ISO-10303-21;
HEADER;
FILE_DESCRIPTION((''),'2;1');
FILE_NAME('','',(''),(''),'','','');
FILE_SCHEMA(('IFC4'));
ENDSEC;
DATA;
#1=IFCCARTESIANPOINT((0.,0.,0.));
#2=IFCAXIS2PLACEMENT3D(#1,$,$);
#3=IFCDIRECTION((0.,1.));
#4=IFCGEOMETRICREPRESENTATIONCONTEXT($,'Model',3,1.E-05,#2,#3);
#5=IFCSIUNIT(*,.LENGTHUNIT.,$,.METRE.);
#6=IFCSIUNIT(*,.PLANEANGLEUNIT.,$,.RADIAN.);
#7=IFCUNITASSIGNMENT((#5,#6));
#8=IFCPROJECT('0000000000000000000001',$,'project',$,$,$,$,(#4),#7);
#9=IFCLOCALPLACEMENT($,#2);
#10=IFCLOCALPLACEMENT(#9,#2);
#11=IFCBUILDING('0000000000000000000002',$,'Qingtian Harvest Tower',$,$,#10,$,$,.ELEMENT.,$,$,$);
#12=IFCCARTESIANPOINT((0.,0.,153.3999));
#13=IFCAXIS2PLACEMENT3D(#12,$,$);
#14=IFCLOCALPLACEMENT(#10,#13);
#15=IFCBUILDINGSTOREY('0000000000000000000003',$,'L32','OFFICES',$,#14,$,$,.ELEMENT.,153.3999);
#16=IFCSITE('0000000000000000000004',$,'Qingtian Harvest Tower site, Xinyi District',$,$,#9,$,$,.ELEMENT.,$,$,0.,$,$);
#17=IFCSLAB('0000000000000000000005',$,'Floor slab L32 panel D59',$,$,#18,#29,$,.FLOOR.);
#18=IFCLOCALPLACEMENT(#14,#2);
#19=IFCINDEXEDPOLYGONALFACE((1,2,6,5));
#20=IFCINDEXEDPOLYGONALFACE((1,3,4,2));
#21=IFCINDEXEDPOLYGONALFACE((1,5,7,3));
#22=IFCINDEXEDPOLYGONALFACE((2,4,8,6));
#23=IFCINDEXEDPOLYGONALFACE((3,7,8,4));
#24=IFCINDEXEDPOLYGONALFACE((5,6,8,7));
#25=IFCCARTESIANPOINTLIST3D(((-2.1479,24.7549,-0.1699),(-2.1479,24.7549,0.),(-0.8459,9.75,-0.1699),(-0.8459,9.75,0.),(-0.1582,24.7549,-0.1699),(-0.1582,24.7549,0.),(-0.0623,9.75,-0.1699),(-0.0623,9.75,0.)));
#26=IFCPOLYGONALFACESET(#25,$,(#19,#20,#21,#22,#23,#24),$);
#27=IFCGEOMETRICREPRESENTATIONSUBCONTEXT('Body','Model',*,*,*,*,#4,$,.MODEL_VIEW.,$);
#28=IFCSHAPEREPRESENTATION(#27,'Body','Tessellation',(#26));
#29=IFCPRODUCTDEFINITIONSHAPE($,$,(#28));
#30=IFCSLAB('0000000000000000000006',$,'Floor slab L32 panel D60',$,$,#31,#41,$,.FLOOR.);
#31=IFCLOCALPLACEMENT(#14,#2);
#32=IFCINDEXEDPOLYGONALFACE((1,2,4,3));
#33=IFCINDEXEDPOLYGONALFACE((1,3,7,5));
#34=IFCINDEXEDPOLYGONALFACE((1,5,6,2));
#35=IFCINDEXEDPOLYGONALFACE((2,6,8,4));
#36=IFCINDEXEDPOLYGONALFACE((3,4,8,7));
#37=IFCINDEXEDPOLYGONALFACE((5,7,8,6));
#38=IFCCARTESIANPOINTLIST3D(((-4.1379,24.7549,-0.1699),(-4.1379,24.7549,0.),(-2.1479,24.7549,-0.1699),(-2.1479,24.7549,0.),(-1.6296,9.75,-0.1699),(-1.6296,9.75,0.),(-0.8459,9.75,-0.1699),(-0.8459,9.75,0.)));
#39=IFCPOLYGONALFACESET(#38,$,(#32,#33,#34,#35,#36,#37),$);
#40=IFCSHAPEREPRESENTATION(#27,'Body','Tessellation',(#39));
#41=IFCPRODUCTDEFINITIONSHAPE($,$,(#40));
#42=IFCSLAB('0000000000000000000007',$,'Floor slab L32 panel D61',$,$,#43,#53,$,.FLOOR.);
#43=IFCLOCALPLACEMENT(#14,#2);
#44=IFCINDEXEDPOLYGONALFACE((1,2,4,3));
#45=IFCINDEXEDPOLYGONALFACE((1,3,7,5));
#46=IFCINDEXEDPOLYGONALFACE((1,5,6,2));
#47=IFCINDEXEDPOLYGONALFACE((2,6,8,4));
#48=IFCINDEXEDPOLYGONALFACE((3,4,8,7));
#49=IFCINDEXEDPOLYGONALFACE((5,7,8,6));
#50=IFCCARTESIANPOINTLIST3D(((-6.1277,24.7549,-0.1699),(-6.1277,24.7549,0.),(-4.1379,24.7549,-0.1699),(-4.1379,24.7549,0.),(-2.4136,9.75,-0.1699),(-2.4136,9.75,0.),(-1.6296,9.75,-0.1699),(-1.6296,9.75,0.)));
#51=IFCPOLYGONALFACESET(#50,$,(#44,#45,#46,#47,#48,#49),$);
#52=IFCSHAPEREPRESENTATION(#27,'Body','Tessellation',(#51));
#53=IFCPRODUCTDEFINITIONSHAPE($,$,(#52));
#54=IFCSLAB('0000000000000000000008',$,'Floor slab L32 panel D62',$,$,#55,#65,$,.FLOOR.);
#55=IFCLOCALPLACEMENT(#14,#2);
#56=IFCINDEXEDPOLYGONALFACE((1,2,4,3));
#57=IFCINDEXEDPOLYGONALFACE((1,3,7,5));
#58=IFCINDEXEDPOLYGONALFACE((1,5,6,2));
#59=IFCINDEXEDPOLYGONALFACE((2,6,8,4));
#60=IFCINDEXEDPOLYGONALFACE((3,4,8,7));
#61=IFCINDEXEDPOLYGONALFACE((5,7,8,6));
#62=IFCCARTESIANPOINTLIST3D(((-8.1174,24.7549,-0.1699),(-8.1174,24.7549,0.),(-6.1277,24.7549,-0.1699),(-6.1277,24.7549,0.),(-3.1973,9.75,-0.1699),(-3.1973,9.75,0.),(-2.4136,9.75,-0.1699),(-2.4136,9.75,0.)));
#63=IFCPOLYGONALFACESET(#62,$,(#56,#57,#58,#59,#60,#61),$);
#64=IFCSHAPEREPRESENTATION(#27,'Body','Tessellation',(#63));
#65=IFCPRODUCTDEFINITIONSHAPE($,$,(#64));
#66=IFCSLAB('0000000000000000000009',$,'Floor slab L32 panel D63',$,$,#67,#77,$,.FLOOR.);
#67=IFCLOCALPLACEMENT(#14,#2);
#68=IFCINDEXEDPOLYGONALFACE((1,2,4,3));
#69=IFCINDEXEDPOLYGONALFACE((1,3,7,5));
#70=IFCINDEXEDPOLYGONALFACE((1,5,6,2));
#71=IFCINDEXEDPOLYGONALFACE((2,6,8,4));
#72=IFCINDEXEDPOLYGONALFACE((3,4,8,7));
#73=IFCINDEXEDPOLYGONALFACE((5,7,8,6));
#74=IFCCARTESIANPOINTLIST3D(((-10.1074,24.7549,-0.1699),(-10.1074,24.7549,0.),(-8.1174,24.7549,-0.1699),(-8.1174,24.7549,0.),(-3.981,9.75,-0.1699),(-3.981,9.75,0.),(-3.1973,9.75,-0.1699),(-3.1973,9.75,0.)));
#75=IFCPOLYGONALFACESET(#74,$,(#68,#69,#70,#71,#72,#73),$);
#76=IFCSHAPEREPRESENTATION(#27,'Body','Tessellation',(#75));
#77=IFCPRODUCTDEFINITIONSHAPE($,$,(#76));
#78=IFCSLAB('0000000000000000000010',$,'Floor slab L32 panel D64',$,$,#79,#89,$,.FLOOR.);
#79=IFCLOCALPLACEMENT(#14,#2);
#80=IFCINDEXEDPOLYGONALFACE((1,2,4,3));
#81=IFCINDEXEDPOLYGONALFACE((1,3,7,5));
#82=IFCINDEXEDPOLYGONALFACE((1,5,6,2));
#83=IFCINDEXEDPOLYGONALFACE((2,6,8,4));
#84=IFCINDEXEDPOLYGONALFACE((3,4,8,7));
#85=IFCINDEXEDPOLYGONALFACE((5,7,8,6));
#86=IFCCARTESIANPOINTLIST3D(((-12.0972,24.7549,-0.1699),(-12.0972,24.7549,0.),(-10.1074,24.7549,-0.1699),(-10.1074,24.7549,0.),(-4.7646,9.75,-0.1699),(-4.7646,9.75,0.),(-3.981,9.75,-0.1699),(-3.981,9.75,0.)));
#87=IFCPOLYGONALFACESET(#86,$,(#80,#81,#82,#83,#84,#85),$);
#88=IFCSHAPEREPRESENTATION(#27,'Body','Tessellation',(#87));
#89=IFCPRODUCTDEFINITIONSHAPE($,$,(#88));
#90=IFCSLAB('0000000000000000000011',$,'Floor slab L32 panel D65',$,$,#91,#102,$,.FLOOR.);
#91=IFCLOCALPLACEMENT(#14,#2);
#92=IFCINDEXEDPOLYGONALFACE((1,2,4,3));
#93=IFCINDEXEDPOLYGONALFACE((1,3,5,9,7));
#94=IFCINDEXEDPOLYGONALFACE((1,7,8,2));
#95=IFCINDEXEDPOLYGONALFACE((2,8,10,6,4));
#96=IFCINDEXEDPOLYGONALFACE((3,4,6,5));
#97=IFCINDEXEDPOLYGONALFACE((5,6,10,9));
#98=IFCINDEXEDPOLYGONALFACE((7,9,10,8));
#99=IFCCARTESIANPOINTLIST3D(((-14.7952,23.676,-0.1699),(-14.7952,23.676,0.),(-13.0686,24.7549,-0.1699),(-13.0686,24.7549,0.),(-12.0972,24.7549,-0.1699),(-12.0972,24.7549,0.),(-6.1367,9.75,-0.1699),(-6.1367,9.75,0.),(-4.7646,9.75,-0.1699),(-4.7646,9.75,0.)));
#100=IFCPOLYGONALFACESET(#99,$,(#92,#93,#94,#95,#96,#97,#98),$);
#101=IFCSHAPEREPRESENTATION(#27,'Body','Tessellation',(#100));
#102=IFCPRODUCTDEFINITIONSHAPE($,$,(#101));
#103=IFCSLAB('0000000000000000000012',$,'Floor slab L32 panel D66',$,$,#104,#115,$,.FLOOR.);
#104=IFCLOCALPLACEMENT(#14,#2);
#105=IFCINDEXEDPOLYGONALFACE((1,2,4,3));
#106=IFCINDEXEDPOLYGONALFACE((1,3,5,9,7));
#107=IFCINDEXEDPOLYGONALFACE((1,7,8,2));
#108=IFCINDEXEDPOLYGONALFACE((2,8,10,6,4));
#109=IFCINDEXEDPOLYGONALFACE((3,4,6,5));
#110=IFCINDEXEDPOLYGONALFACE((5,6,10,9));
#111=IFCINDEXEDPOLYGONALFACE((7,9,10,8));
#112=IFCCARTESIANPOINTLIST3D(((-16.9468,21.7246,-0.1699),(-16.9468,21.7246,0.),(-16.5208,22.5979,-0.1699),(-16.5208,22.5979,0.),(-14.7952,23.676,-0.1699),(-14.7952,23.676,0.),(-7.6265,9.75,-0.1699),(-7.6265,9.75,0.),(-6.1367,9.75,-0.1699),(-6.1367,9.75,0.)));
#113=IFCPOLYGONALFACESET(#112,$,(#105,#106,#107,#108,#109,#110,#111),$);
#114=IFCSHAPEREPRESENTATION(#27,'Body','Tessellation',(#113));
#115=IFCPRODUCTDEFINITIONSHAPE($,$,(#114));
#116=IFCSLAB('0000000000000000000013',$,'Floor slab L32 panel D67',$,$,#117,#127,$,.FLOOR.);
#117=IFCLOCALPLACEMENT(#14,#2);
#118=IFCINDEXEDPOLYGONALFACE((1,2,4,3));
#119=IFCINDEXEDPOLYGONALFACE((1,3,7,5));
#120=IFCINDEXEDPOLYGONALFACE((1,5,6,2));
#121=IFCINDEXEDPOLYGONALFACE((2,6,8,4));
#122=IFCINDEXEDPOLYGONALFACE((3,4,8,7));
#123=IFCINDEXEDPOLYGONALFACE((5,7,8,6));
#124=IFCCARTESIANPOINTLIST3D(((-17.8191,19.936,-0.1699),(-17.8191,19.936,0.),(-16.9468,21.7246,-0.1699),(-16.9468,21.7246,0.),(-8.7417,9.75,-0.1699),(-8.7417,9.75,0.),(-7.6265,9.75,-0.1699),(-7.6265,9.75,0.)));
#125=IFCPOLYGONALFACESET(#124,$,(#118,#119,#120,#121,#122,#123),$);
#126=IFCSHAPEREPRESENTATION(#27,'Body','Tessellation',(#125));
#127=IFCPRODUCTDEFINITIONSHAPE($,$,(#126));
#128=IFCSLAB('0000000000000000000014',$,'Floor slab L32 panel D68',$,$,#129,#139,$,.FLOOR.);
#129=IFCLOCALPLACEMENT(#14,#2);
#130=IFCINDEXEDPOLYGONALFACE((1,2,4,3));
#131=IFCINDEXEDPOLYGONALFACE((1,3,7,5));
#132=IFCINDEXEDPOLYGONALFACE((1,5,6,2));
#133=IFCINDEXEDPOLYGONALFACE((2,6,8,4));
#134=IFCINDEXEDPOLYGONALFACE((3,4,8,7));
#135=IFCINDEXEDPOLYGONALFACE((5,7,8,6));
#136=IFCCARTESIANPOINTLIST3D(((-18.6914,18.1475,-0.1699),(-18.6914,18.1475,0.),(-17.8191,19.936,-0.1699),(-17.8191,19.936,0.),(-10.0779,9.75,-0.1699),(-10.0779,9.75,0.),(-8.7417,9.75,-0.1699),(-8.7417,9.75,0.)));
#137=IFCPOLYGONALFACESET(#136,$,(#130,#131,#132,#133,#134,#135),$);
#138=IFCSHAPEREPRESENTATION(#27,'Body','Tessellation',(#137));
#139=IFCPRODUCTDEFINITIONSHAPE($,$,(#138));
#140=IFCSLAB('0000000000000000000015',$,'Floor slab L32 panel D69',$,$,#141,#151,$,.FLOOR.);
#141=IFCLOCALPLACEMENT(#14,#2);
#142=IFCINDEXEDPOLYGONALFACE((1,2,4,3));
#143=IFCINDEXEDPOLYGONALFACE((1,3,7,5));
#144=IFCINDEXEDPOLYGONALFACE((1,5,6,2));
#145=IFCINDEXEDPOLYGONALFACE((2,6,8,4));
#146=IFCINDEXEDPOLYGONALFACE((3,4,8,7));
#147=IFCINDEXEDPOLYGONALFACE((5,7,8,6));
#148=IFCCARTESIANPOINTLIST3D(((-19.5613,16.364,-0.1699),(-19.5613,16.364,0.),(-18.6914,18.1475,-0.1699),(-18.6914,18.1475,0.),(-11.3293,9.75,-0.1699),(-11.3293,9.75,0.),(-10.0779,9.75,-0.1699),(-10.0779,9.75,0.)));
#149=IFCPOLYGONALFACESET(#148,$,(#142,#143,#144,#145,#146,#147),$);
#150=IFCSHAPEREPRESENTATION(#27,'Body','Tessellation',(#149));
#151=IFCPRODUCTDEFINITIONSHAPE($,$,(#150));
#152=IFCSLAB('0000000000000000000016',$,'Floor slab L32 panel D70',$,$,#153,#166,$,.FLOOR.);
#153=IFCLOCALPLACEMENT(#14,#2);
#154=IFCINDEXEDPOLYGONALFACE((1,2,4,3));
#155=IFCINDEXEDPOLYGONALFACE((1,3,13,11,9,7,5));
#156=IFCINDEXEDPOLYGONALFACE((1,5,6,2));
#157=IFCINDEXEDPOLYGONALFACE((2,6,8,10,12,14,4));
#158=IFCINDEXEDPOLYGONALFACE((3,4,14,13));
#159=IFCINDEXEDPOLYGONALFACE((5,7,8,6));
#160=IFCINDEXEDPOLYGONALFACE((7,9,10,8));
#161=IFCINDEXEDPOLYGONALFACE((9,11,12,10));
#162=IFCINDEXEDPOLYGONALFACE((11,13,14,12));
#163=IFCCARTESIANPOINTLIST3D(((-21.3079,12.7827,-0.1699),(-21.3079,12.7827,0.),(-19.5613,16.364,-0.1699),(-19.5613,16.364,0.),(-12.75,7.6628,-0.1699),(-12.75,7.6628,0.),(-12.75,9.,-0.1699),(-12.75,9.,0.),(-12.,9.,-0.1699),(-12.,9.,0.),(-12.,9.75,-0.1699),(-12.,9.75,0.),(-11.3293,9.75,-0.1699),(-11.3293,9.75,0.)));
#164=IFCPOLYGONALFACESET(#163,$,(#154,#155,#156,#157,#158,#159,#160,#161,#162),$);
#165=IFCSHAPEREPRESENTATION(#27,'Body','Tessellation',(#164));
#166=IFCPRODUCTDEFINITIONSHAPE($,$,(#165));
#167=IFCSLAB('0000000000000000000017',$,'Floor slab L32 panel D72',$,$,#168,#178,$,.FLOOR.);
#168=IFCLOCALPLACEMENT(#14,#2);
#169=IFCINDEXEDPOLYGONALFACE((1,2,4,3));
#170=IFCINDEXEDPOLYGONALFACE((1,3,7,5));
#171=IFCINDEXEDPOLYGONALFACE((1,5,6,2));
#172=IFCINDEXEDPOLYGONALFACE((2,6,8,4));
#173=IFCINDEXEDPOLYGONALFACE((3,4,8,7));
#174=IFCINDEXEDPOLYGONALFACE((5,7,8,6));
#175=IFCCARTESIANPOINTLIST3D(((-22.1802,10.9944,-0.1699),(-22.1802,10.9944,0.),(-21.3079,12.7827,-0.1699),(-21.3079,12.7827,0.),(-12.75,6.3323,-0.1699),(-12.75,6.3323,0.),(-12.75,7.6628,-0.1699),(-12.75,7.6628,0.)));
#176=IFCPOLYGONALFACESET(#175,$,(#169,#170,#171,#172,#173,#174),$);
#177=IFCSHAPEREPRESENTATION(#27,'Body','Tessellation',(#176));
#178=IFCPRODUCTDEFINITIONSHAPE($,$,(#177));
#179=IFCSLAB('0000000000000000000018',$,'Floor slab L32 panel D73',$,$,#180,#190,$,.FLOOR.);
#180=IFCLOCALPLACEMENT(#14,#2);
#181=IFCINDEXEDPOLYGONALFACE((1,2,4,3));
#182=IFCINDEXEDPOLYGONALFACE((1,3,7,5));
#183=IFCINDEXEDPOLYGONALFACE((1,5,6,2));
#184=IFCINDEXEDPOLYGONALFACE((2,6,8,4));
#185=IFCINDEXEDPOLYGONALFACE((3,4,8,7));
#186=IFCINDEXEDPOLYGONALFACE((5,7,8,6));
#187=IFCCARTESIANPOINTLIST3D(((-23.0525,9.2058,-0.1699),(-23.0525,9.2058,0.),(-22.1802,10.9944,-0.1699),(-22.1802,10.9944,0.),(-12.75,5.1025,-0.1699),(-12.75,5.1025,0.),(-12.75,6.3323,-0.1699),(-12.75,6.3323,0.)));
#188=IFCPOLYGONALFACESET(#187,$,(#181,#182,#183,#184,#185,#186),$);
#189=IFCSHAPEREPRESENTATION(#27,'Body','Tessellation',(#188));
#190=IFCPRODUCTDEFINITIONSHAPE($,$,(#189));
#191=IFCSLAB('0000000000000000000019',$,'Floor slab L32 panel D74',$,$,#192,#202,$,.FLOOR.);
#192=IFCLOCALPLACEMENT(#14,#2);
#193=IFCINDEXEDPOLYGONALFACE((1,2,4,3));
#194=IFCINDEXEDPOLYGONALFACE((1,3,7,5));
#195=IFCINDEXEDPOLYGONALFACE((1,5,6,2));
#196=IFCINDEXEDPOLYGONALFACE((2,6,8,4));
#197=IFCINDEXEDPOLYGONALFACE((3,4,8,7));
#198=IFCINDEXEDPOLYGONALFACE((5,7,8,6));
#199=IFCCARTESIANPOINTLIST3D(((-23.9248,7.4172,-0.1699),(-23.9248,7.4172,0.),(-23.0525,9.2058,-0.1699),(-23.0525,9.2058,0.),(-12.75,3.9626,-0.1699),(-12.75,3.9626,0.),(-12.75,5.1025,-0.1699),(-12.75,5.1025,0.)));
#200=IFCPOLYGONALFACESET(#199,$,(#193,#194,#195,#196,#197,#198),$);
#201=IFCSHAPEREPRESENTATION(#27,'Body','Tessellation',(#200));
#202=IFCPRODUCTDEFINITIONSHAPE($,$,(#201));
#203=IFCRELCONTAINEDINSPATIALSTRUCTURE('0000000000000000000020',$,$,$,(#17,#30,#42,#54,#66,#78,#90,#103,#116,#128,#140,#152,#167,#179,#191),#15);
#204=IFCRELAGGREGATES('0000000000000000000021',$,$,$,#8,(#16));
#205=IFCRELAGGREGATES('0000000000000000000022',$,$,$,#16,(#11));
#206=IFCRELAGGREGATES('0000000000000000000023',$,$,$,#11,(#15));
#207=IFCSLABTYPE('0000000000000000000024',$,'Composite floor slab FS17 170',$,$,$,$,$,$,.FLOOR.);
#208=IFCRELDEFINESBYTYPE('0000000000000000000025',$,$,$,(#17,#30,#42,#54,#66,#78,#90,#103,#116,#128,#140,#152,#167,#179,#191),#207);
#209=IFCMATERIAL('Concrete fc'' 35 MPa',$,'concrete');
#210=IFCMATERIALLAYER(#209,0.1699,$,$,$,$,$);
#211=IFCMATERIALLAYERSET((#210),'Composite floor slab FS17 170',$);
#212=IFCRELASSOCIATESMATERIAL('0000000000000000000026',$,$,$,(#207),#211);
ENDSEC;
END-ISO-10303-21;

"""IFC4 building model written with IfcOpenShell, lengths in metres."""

from ifc_helpers import new_model, si_unit, direction, frame, origin, place, context, subcontext, project, spatial, polyline, outline, extrude, material, layer, layer_set, type_object, element, save


model = new_model("IFC4")

# Units and contexts
model_context = context("Model", 3, precision=1e-05, world=origin(), true_north=direction((0.0, 1.0)))
body_context = subcontext(model_context, "Body", "Model", "MODEL_VIEW")
ifc_project = project(units=[si_unit("LENGTHUNIT", "METRE"), si_unit("PLANEANGLEUNIT", "RADIAN")], contexts=[model_context])

# Site, building, storey
site_placement = place(None, origin())
site = spatial("IfcSite", under=ifc_project, at=site_placement, Name="Qingtian Harvest Tower site, Xinyi District", CompositionType="ELEMENT", RefElevation=0.0)
building_placement = place(site_placement, origin())
building = spatial("IfcBuilding", under=site, at=building_placement, Name="Qingtian Harvest Tower", CompositionType="ELEMENT")
storey_placement = place(building_placement, frame((0.0, 0.0, 153.3999)))
storey = spatial("IfcBuildingStorey", under=building, at=storey_placement, Name="L32", Description="OFFICES", CompositionType="ELEMENT", Elevation=153.3999)

# Slabs
ifc_material_1 = material(Name="Concrete fc' 35 MPa", Category="concrete")
ifc_layer_1 = layer(ifc_material_1, 0.1699)
ifc_layer_set_1 = layer_set([ifc_layer_1], Name="Composite floor slab FS17 170")
slab_type = type_object("IfcSlabType", Name="Composite floor slab FS17 170", PredefinedType="FLOOR", material=ifc_layer_set_1)
slab_1_placement = place(storey_placement, frame((0.0, 0.0, -0.1699)))
element("IfcSlab", 1, at=slab_1_placement, inside=storey, type_object=slab_type, Name="Floor slab L32 panel D59", PredefinedType="FLOOR", context=body_context, shape_type="SweptSolid", body=[
    extrude(outline(polyline([(-0.8459, 9.75), (-2.1479, 24.7549), (-0.1582, 24.7549), (-0.0623, 9.75), (-0.8459, 9.75)])), origin(), (0.0, 0.0, 1.0), 0.1699),
])
slab_2_placement = place(storey_placement, frame((0.0, 0.0, -0.1699)))
element("IfcSlab", 2, at=slab_2_placement, inside=storey, type_object=slab_type, Name="Floor slab L32 panel D60", PredefinedType="FLOOR", context=body_context, shape_type="SweptSolid", body=[
    extrude(outline(polyline([(-1.6296, 9.75), (-4.1379, 24.7549), (-2.1479, 24.7549), (-0.8459, 9.75), (-1.6296, 9.75)])), origin(), (0.0, 0.0, 1.0), 0.1699),
])
slab_3_placement = place(storey_placement, frame((0.0, 0.0, -0.1699)))
element("IfcSlab", 3, at=slab_3_placement, inside=storey, type_object=slab_type, Name="Floor slab L32 panel D61", PredefinedType="FLOOR", context=body_context, shape_type="SweptSolid", body=[
    extrude(outline(polyline([(-2.4136, 9.75), (-6.1277, 24.7549), (-4.1379, 24.7549), (-1.6296, 9.75), (-2.4136, 9.75)])), origin(), (0.0, 0.0, 1.0), 0.1699),
])
slab_4_placement = place(storey_placement, frame((0.0, 0.0, -0.1699)))
element("IfcSlab", 4, at=slab_4_placement, inside=storey, type_object=slab_type, Name="Floor slab L32 panel D62", PredefinedType="FLOOR", context=body_context, shape_type="SweptSolid", body=[
    extrude(outline(polyline([(-3.1973, 9.75), (-8.1174, 24.7549), (-6.1277, 24.7549), (-2.4136, 9.75), (-3.1973, 9.75)])), origin(), (0.0, 0.0, 1.0), 0.1699),
])
slab_5_placement = place(storey_placement, frame((0.0, 0.0, -0.1699)))
element("IfcSlab", 5, at=slab_5_placement, inside=storey, type_object=slab_type, Name="Floor slab L32 panel D63", PredefinedType="FLOOR", context=body_context, shape_type="SweptSolid", body=[
    extrude(outline(polyline([(-3.981, 9.75), (-10.1074, 24.7549), (-8.1174, 24.7549), (-3.1973, 9.75), (-3.981, 9.75)])), origin(), (0.0, 0.0, 1.0), 0.1699),
])
slab_6_placement = place(storey_placement, frame((0.0, 0.0, -0.1699)))
element("IfcSlab", 6, at=slab_6_placement, inside=storey, type_object=slab_type, Name="Floor slab L32 panel D64", PredefinedType="FLOOR", context=body_context, shape_type="SweptSolid", body=[
    extrude(outline(polyline([(-4.7646, 9.75), (-12.0972, 24.7549), (-10.1074, 24.7549), (-3.981, 9.75), (-4.7646, 9.75)])), origin(), (0.0, 0.0, 1.0), 0.1699),
])
slab_7_placement = place(storey_placement, frame((0.0, 0.0, -0.1699)))
element("IfcSlab", 7, at=slab_7_placement, inside=storey, type_object=slab_type, Name="Floor slab L32 panel D65", PredefinedType="FLOOR", context=body_context, shape_type="SweptSolid", body=[
    extrude(outline(polyline([(-4.7646, 9.75), (-6.1367, 9.75), (-14.7952, 23.676), (-13.0686, 24.7549), (-12.0972, 24.7549), (-4.7646, 9.75)])), origin(), (0.0, 0.0, 1.0), 0.1699),
])
slab_8_placement = place(storey_placement, frame((0.0, 0.0, -0.1699)))
element("IfcSlab", 8, at=slab_8_placement, inside=storey, type_object=slab_type, Name="Floor slab L32 panel D66", PredefinedType="FLOOR", context=body_context, shape_type="SweptSolid", body=[
    extrude(outline(polyline([(-6.1367, 9.75), (-7.6265, 9.75), (-16.9468, 21.7246), (-16.5208, 22.5979), (-14.7952, 23.676), (-6.1367, 9.75)])), origin(), (0.0, 0.0, 1.0), 0.1699),
])
slab_9_placement = place(storey_placement, frame((0.0, 0.0, -0.1699)))
element("IfcSlab", 9, at=slab_9_placement, inside=storey, type_object=slab_type, Name="Floor slab L32 panel D67", PredefinedType="FLOOR", context=body_context, shape_type="SweptSolid", body=[
    extrude(outline(polyline([(-8.7417, 9.75), (-17.8191, 19.936), (-16.9468, 21.7246), (-7.6265, 9.75), (-8.7417, 9.75)])), origin(), (0.0, 0.0, 1.0), 0.1699),
])
slab_10_placement = place(storey_placement, frame((0.0, 0.0, -0.1699)))
element("IfcSlab", 10, at=slab_10_placement, inside=storey, type_object=slab_type, Name="Floor slab L32 panel D68", PredefinedType="FLOOR", context=body_context, shape_type="SweptSolid", body=[
    extrude(outline(polyline([(-10.0779, 9.75), (-18.6914, 18.1475), (-17.8191, 19.936), (-8.7417, 9.75), (-10.0779, 9.75)])), origin(), (0.0, 0.0, 1.0), 0.1699),
])
slab_11_placement = place(storey_placement, frame((0.0, 0.0, -0.1699)))
element("IfcSlab", 11, at=slab_11_placement, inside=storey, type_object=slab_type, Name="Floor slab L32 panel D69", PredefinedType="FLOOR", context=body_context, shape_type="SweptSolid", body=[
    extrude(outline(polyline([(-11.3293, 9.75), (-19.5613, 16.364), (-18.6914, 18.1475), (-10.0779, 9.75), (-11.3293, 9.75)])), origin(), (0.0, 0.0, 1.0), 0.1699),
])
slab_12_placement = place(storey_placement, frame((0.0, 0.0, -0.1699)))
element("IfcSlab", 12, at=slab_12_placement, inside=storey, type_object=slab_type, Name="Floor slab L32 panel D70", PredefinedType="FLOOR", context=body_context, shape_type="SweptSolid", body=[
    extrude(outline(polyline([(-12.0, 9.0), (-12.75, 9.0), (-12.75, 7.6628), (-21.3079, 12.7827), (-19.5613, 16.364), (-11.3293, 9.75), (-12.0, 9.75), (-12.0, 9.0)])), origin(), (0.0, 0.0, 1.0), 0.1699),
])
slab_13_placement = place(storey_placement, frame((0.0, 0.0, -0.1699)))
element("IfcSlab", 13, at=slab_13_placement, inside=storey, type_object=slab_type, Name="Floor slab L32 panel D72", PredefinedType="FLOOR", context=body_context, shape_type="SweptSolid", body=[
    extrude(outline(polyline([(-12.75, 6.3323), (-22.1802, 10.9944), (-21.3079, 12.7827), (-12.75, 7.6628), (-12.75, 6.3323)])), origin(), (0.0, 0.0, 1.0), 0.1699),
])
slab_14_placement = place(storey_placement, frame((0.0, 0.0, -0.1699)))
element("IfcSlab", 14, at=slab_14_placement, inside=storey, type_object=slab_type, Name="Floor slab L32 panel D73", PredefinedType="FLOOR", context=body_context, shape_type="SweptSolid", body=[
    extrude(outline(polyline([(-12.75, 5.1025), (-23.0525, 9.2058), (-22.1802, 10.9944), (-12.75, 6.3323), (-12.75, 5.1025)])), origin(), (0.0, 0.0, 1.0), 0.1699),
])
slab_15_placement = place(storey_placement, frame((0.0, 0.0, -0.1699)))
element("IfcSlab", 15, at=slab_15_placement, inside=storey, type_object=slab_type, Name="Floor slab L32 panel D74", PredefinedType="FLOOR", context=body_context, shape_type="SweptSolid", body=[
    extrude(outline(polyline([(-12.75, 3.9626), (-23.9248, 7.4172), (-23.0525, 9.2058), (-12.75, 5.1025), (-12.75, 3.9626)])), origin(), (0.0, 0.0, 1.0), 0.1699),
])

save(model, "model.ifc")
